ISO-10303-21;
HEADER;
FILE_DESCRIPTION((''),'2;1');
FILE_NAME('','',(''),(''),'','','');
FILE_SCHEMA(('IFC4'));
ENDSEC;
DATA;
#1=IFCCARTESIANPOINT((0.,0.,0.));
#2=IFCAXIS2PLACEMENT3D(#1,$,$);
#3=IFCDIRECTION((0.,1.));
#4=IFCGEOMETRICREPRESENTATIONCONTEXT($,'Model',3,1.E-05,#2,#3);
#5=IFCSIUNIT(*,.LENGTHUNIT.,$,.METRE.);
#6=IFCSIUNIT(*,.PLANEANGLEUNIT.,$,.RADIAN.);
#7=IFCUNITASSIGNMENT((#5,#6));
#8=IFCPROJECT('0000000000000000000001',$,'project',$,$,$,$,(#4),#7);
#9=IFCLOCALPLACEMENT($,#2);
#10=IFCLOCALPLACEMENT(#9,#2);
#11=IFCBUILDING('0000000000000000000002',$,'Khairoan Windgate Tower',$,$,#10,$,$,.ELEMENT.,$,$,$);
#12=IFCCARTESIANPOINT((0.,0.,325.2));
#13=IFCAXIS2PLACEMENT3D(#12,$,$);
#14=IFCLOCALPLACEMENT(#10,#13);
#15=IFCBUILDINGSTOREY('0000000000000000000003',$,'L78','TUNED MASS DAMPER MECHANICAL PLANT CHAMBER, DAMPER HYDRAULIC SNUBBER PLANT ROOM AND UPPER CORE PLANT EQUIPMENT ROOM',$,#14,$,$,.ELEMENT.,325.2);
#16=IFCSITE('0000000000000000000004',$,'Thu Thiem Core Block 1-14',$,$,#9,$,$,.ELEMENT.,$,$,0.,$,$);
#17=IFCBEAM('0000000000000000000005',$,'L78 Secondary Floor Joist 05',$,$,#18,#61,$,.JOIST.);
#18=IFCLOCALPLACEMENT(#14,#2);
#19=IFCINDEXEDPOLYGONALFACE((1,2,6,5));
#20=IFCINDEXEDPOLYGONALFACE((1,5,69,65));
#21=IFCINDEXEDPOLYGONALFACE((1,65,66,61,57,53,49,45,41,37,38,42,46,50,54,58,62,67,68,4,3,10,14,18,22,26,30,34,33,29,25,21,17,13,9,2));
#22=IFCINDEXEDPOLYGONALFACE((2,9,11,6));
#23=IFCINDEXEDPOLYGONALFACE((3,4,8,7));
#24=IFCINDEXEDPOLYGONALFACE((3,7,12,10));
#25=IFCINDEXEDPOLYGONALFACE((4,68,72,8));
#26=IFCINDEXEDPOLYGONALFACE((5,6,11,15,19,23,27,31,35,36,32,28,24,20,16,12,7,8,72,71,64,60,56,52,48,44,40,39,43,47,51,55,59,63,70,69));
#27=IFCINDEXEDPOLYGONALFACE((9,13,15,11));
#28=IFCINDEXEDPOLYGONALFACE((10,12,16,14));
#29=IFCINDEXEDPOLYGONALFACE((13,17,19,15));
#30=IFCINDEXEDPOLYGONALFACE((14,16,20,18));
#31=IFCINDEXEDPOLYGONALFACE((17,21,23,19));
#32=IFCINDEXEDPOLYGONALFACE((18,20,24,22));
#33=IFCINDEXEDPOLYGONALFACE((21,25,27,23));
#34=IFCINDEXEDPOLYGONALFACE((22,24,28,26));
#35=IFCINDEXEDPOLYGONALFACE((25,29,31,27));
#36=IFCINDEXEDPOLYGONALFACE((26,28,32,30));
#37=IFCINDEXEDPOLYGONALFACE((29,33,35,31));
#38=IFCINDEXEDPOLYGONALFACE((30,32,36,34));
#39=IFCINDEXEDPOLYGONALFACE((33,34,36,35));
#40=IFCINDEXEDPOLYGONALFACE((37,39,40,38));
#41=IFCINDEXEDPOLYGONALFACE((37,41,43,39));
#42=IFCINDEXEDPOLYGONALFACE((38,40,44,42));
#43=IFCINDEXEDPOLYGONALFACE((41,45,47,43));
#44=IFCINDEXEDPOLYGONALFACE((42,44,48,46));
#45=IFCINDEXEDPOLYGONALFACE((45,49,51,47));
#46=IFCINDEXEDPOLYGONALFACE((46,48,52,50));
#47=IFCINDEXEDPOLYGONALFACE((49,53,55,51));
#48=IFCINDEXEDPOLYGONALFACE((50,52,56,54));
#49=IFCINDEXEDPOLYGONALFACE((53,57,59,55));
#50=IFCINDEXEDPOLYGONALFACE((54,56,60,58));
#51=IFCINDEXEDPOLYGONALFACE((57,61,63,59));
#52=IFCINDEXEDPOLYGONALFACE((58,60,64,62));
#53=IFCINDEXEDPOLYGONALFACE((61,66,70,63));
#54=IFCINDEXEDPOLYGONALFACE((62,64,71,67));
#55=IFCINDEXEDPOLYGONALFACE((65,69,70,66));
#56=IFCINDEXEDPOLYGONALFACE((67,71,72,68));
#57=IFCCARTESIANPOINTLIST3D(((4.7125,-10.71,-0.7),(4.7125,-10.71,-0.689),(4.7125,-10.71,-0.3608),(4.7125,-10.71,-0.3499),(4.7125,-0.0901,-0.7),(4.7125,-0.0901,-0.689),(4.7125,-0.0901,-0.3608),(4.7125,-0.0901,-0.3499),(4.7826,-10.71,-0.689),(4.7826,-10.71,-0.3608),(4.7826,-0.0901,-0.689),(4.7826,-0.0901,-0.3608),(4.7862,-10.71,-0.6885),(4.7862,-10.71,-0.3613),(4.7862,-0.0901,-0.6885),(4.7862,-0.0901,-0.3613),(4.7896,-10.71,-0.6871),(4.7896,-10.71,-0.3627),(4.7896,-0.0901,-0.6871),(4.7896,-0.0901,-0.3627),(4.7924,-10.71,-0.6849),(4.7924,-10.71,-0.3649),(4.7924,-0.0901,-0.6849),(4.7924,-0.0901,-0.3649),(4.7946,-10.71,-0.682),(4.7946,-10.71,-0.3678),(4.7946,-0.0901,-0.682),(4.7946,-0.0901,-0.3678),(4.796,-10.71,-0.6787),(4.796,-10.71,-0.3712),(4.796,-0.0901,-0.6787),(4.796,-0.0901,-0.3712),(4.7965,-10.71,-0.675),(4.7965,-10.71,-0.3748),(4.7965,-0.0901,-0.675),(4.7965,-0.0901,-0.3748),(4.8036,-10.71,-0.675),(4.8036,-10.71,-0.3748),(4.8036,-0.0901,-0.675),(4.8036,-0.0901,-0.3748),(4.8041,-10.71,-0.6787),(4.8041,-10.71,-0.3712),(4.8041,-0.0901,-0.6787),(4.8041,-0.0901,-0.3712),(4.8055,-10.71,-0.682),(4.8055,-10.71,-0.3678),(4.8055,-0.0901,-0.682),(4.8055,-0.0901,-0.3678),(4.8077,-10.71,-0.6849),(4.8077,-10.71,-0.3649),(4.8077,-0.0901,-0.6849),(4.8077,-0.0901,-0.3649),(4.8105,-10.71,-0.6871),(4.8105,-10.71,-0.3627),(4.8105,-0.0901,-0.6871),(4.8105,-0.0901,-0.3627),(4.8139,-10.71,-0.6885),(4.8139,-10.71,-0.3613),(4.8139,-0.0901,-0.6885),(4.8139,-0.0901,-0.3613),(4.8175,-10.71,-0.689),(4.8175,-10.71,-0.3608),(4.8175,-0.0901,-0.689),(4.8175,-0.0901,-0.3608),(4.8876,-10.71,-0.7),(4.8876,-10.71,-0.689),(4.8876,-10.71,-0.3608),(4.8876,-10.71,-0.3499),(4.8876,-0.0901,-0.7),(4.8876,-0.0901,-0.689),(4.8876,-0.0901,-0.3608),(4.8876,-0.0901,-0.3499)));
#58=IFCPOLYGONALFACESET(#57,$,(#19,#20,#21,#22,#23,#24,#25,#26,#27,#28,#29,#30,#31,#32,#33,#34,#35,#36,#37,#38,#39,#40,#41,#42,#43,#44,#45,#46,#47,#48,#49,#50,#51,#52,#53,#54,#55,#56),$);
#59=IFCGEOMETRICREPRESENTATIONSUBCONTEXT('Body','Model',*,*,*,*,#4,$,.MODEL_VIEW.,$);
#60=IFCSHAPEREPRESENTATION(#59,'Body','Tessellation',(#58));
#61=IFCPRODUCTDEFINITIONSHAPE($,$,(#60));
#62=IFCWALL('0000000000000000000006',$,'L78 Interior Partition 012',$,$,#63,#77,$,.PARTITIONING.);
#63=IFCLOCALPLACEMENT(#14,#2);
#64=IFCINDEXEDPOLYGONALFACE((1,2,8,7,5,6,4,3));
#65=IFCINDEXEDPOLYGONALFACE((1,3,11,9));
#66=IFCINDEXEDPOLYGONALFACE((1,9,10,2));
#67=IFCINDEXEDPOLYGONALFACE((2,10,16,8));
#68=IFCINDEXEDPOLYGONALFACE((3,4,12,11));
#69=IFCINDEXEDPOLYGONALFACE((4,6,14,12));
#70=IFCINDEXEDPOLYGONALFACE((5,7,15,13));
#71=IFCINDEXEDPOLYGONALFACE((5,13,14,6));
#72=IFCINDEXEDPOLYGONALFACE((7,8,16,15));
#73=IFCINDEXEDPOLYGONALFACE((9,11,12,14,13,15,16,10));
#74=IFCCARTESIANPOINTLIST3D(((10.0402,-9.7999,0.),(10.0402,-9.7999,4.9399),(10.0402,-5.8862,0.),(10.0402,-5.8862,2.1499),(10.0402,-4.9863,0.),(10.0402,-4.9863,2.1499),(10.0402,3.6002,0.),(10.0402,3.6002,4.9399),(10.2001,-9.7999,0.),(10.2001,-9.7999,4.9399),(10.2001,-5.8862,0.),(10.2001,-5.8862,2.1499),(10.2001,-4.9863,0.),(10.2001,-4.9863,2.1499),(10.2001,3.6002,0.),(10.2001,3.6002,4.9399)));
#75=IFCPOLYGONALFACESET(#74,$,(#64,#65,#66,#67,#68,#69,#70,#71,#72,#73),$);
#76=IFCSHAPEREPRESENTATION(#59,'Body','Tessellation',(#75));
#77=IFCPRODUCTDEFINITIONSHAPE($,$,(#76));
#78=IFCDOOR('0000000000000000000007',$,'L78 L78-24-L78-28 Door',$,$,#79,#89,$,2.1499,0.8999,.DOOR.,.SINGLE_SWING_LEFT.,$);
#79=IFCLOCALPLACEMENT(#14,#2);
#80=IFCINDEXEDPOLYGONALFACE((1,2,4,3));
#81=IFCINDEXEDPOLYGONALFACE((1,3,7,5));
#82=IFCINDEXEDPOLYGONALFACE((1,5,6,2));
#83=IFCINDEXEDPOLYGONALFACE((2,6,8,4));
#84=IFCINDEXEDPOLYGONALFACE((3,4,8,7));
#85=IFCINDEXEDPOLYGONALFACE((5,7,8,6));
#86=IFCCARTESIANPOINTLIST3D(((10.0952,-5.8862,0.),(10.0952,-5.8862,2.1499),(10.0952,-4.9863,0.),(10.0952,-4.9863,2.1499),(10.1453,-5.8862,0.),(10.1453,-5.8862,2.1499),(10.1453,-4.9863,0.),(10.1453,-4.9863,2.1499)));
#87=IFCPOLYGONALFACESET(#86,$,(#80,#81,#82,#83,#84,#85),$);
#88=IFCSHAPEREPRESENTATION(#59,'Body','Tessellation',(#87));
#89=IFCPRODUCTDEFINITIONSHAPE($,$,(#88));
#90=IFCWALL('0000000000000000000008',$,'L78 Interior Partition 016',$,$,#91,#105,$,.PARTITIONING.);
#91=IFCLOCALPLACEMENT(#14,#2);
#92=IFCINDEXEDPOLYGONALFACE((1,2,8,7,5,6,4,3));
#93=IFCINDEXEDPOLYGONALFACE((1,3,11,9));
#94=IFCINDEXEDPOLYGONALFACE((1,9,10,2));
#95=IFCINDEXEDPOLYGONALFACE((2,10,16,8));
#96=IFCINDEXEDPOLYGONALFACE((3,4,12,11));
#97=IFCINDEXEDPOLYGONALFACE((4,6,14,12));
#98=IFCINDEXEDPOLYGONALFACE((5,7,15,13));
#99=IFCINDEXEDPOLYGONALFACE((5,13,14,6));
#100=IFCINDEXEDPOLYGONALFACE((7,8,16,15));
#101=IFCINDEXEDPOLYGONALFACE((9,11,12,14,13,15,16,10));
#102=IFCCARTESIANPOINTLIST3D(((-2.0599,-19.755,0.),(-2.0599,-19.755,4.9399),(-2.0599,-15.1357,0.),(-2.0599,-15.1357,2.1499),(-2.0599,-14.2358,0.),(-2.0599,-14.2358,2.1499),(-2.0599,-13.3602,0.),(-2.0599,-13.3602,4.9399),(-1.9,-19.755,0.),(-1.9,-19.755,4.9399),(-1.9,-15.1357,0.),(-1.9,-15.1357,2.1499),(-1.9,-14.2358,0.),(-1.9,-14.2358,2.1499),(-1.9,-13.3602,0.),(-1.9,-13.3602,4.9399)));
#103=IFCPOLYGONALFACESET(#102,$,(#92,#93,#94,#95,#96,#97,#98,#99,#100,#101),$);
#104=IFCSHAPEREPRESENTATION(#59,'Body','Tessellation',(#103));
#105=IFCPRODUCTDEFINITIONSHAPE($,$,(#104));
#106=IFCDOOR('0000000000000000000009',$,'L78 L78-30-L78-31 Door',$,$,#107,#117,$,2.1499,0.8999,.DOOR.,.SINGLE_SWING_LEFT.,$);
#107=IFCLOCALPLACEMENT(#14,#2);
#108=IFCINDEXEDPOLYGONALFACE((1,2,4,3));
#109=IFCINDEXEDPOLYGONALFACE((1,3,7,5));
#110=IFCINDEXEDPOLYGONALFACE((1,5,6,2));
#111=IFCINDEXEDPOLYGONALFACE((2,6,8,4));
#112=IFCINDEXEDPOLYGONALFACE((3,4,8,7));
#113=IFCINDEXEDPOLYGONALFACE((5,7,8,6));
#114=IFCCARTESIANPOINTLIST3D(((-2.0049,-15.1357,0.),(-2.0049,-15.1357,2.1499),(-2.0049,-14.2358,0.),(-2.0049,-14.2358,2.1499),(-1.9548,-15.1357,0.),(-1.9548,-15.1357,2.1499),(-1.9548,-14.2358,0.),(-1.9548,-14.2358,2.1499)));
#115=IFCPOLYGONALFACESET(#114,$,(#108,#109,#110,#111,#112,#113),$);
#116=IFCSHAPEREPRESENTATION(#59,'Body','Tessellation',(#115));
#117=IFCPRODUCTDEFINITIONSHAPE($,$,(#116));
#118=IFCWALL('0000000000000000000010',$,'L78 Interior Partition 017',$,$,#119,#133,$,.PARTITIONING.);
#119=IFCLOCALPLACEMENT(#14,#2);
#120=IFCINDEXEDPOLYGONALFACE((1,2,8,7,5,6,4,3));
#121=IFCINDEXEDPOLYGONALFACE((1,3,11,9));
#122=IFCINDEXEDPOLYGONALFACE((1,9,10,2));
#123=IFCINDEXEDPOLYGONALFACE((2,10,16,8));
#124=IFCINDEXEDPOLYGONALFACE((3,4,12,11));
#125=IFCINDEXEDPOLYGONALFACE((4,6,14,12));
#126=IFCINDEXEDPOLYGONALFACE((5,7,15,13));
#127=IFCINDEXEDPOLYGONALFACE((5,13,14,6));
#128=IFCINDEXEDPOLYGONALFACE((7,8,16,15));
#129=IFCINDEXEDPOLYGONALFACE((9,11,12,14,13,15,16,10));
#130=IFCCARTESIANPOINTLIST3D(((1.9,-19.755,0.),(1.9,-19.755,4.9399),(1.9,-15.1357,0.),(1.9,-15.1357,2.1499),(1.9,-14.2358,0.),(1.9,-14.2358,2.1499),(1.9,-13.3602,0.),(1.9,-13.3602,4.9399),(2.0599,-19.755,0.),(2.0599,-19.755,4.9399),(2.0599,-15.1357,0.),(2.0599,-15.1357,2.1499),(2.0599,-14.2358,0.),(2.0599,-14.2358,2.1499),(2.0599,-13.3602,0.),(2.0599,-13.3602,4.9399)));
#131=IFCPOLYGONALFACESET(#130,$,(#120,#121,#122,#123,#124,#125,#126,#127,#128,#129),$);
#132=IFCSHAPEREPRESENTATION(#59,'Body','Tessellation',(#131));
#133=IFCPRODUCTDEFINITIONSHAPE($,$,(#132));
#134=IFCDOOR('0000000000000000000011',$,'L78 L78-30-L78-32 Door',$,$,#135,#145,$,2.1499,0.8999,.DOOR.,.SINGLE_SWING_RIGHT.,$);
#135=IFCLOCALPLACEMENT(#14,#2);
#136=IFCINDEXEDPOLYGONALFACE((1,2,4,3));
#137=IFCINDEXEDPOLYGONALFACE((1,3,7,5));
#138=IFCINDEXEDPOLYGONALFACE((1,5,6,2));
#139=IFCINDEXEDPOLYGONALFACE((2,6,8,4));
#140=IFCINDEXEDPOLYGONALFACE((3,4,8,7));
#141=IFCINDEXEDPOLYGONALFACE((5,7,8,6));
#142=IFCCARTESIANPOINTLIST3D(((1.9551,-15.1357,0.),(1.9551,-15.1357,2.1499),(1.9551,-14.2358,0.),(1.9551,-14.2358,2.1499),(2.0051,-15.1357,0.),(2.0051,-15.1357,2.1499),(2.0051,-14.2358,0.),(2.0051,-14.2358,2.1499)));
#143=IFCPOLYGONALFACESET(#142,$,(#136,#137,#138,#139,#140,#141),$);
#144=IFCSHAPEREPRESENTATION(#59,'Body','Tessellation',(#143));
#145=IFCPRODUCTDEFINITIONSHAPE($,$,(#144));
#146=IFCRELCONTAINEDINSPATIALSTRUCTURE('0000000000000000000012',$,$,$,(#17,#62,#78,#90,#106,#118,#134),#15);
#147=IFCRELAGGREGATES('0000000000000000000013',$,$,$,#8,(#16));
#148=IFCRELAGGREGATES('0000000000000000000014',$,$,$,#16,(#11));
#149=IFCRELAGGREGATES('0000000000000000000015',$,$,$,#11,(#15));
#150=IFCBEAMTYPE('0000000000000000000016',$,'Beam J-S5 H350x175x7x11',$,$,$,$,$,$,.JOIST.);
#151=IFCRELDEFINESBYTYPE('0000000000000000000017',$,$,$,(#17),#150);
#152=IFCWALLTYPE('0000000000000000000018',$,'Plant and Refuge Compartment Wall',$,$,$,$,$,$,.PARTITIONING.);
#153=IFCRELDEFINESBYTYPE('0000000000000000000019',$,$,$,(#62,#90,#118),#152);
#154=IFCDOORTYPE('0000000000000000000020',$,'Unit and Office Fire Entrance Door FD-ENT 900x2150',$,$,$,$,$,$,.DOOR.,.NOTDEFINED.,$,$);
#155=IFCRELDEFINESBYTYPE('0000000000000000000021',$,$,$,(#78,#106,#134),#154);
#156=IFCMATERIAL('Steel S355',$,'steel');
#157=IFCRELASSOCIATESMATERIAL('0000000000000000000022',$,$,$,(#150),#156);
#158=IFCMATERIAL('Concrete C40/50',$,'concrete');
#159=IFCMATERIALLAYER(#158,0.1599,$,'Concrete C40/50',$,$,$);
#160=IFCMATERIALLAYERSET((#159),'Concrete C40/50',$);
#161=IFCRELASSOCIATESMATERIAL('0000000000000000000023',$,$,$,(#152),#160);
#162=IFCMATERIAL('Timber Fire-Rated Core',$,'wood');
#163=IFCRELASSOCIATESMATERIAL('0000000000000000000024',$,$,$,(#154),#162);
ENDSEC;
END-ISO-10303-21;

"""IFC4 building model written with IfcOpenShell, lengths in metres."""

from ifc_helpers import new_model, si_unit, direction, frame, frame_2d, origin, origin_2d, place, context, subcontext, project, spatial, rectangle, i_section, extrude, material, layer, layer_set, material_profile, profile_set, type_object, element, fill, save


model = new_model("IFC4")

# Units and contexts
model_context = context("Model", 3, precision=1e-05, world=origin(), true_north=direction((0.0, 1.0)))
body_context = subcontext(model_context, "Body", "Model", "MODEL_VIEW")
ifc_project = project(units=[si_unit("LENGTHUNIT", "METRE"), si_unit("PLANEANGLEUNIT", "RADIAN")], contexts=[model_context])

# Site, building, storey
site_placement = place(None, origin())
site = spatial("IfcSite", under=ifc_project, at=site_placement, Name="Thu Thiem Core Block 1-14", CompositionType="ELEMENT", RefElevation=0.0)
building_placement = place(site_placement, origin())
building = spatial("IfcBuilding", under=site, at=building_placement, Name="Khairoan Windgate Tower", CompositionType="ELEMENT")
storey_placement = place(building_placement, frame((0.0, 0.0, 325.2)))
storey = spatial("IfcBuildingStorey", under=building, at=storey_placement, Name="L78", Description="TUNED MASS DAMPER MECHANICAL PLANT CHAMBER, DAMPER HYDRAULIC SNUBBER PLANT ROOM AND UPPER CORE PLANT EQUIPMENT ROOM", CompositionType="ELEMENT", Elevation=325.2)

# Beam
ifc_material_1 = material(Name="Steel S355", Category="steel")
ifc_material_profile_1 = material_profile(ifc_material_1, i_section(OverallWidth=0.175, OverallDepth=0.3501, WebThickness=0.0071, FlangeThickness=0.011, FilletRadius=0.0139, at=origin_2d()))
ifc_profile_set_1 = profile_set([ifc_material_profile_1], Name="Steel S355")
beam_type_1 = type_object("IfcBeamType", Name="Beam J-S5 H350x175x7x11", PredefinedType="JOIST", material=ifc_profile_set_1)
beam_1_placement = place(storey_placement, frame((4.8, -10.71, -0.5249), z_axis=(0.0, 1.0, 0.0), x_axis=(-1.0, 0.0, 0.0)))
element("IfcBeam", 1, at=beam_1_placement, inside=storey, type_object=beam_type_1, Name="L78 Secondary Floor Joist 05", PredefinedType="JOIST", context=body_context, shape_type="SweptSolid", body=[
    extrude(i_section(OverallWidth=0.175, OverallDepth=0.3501, WebThickness=0.0071, FlangeThickness=0.011, FilletRadius=0.0139, at=origin_2d()), origin(), (0.0, 0.0, 1.0), 10.6199),
])

# Walls, openings, doors
ifc_material_2 = material(Name="Concrete C40/50", Category="concrete")
ifc_layer_1 = layer(ifc_material_2, 0.1599, Name="Concrete C40/50")
ifc_layer_set_1 = layer_set([ifc_layer_1], Name="Concrete C40/50")
wall_type_1 = type_object("IfcWallType", Name="Plant and Refuge Compartment Wall", PredefinedType="PARTITIONING", material=ifc_layer_set_1)
wall_1_placement = place(storey_placement, frame((10.1201, -9.8, 0.0), z_axis=(0.0, 0.0, 1.0), x_axis=(0.0, 1.0, 0.0)))
wall_1 = element("IfcWall", 2, at=wall_1_placement, inside=storey, type_object=wall_type_1, Name="L78 Interior Partition 012", PredefinedType="PARTITIONING", context=body_context, shape_type="SweptSolid", body=[
    extrude(rectangle(XDim=13.4001, YDim=0.1599, at=frame_2d((6.7002, 0.0))), origin(), (0.0, 0.0, 1.0), 4.9399),
])
opening_1_placement = place(wall_1_placement, frame((3.9138, 0.0, 0.0)))
opening_1 = element("IfcOpeningElement", 3, at=opening_1_placement, cuts=wall_1, PredefinedType="OPENING", context=body_context, shape_type="SweptSolid", body=[
    extrude(rectangle(XDim=0.8999, YDim=2.1499, at=frame_2d((0.45, 1.075))), frame((0.0, 0.0898, 0.0), z_axis=(0.0, -1.0, 0.0), x_axis=(1.0, 0.0, 0.0)), (0.0, 0.0, 1.0), 0.1799),
])
ifc_material_3 = material(Name="Timber Fire-Rated Core", Category="wood")
door_type_1 = type_object("IfcDoorType", Name="Unit and Office Fire Entrance Door FD-ENT 900x2150", OperationType="NOTDEFINED", PredefinedType="DOOR", material=ifc_material_3)
door_1_placement = place(opening_1_placement, origin())
door_1 = element("IfcDoor", 4, at=door_1_placement, inside=storey, type_object=door_type_1, Name="L78 L78-24-L78-28 Door", OperationType="SINGLE_SWING_LEFT", OverallHeight=2.1499, OverallWidth=0.8999, PredefinedType="DOOR", context=body_context, shape_type="SweptSolid", body=[
    extrude(rectangle(XDim=0.8999, YDim=2.1499, at=frame_2d((0.45, 1.075))), frame((0.0, 0.0249, 0.0), z_axis=(0.0, -1.0, 0.0), x_axis=(1.0, 0.0, 0.0)), (0.0, 0.0, 1.0), 0.05),
])
fill(opening_1, door_1)
wall_2_placement = place(storey_placement, frame((-1.98, -19.7549, 0.0), z_axis=(0.0, 0.0, 1.0), x_axis=(0.0, 1.0, 0.0)))
wall_2 = element("IfcWall", 5, at=wall_2_placement, inside=storey, type_object=wall_type_1, Name="L78 Interior Partition 016", PredefinedType="PARTITIONING", context=body_context, shape_type="SweptSolid", body=[
    extrude(rectangle(XDim=6.3948, YDim=0.1599, at=frame_2d((3.1973, 0.0))), origin(), (0.0, 0.0, 1.0), 4.9399),
])
opening_2_placement = place(wall_2_placement, frame((4.6191, 0.0, 0.0)))
opening_2 = element("IfcOpeningElement", 6, at=opening_2_placement, cuts=wall_2, PredefinedType="OPENING", context=body_context, shape_type="SweptSolid", body=[
    extrude(rectangle(XDim=0.8999, YDim=2.1499, at=frame_2d((0.45, 1.075))), frame((0.0, 0.0898, 0.0), z_axis=(0.0, -1.0, 0.0), x_axis=(1.0, 0.0, 0.0)), (0.0, 0.0, 1.0), 0.1799),
])
door_2_placement = place(opening_2_placement, origin())
door_2 = element("IfcDoor", 7, at=door_2_placement, inside=storey, type_object=door_type_1, Name="L78 L78-30-L78-31 Door", OperationType="SINGLE_SWING_LEFT", OverallHeight=2.1499, OverallWidth=0.8999, PredefinedType="DOOR", context=body_context, shape_type="SweptSolid", body=[
    extrude(rectangle(XDim=0.8999, YDim=2.1499, at=frame_2d((0.45, 1.075))), frame((0.0, 0.0249, 0.0), z_axis=(0.0, -1.0, 0.0), x_axis=(1.0, 0.0, 0.0)), (0.0, 0.0, 1.0), 0.05),
])
fill(opening_2, door_2)
wall_3_placement = place(storey_placement, frame((1.98, -19.7549, 0.0), z_axis=(0.0, 0.0, 1.0), x_axis=(0.0, 1.0, 0.0)))
wall_3 = element("IfcWall", 8, at=wall_3_placement, inside=storey, type_object=wall_type_1, Name="L78 Interior Partition 017", PredefinedType="PARTITIONING", context=body_context, shape_type="SweptSolid", body=[
    extrude(rectangle(XDim=6.3948, YDim=0.1599, at=frame_2d((3.1973, 0.0))), origin(), (0.0, 0.0, 1.0), 4.9399),
])
opening_3_placement = place(wall_3_placement, frame((4.6191, 0.0, 0.0)))
opening_3 = element("IfcOpeningElement", 9, at=opening_3_placement, cuts=wall_3, PredefinedType="OPENING", context=body_context, shape_type="SweptSolid", body=[
    extrude(rectangle(XDim=0.8999, YDim=2.1499, at=frame_2d((0.45, 1.075))), frame((0.0, 0.0898, 0.0), z_axis=(0.0, -1.0, 0.0), x_axis=(1.0, 0.0, 0.0)), (0.0, 0.0, 1.0), 0.1799),
])
door_3_placement = place(opening_3_placement, origin())
door_3 = element("IfcDoor", 10, at=door_3_placement, inside=storey, type_object=door_type_1, Name="L78 L78-30-L78-32 Door", OperationType="SINGLE_SWING_RIGHT", OverallHeight=2.1499, OverallWidth=0.8999, PredefinedType="DOOR", context=body_context, shape_type="SweptSolid", body=[
    extrude(rectangle(XDim=0.8999, YDim=2.1499, at=frame_2d((0.45, 1.075))), frame((0.0, 0.0249, 0.0), z_axis=(0.0, -1.0, 0.0), x_axis=(1.0, 0.0, 0.0)), (0.0, 0.0, 1.0), 0.05),
])
fill(opening_3, door_3)

save(model, "model.ifc")
